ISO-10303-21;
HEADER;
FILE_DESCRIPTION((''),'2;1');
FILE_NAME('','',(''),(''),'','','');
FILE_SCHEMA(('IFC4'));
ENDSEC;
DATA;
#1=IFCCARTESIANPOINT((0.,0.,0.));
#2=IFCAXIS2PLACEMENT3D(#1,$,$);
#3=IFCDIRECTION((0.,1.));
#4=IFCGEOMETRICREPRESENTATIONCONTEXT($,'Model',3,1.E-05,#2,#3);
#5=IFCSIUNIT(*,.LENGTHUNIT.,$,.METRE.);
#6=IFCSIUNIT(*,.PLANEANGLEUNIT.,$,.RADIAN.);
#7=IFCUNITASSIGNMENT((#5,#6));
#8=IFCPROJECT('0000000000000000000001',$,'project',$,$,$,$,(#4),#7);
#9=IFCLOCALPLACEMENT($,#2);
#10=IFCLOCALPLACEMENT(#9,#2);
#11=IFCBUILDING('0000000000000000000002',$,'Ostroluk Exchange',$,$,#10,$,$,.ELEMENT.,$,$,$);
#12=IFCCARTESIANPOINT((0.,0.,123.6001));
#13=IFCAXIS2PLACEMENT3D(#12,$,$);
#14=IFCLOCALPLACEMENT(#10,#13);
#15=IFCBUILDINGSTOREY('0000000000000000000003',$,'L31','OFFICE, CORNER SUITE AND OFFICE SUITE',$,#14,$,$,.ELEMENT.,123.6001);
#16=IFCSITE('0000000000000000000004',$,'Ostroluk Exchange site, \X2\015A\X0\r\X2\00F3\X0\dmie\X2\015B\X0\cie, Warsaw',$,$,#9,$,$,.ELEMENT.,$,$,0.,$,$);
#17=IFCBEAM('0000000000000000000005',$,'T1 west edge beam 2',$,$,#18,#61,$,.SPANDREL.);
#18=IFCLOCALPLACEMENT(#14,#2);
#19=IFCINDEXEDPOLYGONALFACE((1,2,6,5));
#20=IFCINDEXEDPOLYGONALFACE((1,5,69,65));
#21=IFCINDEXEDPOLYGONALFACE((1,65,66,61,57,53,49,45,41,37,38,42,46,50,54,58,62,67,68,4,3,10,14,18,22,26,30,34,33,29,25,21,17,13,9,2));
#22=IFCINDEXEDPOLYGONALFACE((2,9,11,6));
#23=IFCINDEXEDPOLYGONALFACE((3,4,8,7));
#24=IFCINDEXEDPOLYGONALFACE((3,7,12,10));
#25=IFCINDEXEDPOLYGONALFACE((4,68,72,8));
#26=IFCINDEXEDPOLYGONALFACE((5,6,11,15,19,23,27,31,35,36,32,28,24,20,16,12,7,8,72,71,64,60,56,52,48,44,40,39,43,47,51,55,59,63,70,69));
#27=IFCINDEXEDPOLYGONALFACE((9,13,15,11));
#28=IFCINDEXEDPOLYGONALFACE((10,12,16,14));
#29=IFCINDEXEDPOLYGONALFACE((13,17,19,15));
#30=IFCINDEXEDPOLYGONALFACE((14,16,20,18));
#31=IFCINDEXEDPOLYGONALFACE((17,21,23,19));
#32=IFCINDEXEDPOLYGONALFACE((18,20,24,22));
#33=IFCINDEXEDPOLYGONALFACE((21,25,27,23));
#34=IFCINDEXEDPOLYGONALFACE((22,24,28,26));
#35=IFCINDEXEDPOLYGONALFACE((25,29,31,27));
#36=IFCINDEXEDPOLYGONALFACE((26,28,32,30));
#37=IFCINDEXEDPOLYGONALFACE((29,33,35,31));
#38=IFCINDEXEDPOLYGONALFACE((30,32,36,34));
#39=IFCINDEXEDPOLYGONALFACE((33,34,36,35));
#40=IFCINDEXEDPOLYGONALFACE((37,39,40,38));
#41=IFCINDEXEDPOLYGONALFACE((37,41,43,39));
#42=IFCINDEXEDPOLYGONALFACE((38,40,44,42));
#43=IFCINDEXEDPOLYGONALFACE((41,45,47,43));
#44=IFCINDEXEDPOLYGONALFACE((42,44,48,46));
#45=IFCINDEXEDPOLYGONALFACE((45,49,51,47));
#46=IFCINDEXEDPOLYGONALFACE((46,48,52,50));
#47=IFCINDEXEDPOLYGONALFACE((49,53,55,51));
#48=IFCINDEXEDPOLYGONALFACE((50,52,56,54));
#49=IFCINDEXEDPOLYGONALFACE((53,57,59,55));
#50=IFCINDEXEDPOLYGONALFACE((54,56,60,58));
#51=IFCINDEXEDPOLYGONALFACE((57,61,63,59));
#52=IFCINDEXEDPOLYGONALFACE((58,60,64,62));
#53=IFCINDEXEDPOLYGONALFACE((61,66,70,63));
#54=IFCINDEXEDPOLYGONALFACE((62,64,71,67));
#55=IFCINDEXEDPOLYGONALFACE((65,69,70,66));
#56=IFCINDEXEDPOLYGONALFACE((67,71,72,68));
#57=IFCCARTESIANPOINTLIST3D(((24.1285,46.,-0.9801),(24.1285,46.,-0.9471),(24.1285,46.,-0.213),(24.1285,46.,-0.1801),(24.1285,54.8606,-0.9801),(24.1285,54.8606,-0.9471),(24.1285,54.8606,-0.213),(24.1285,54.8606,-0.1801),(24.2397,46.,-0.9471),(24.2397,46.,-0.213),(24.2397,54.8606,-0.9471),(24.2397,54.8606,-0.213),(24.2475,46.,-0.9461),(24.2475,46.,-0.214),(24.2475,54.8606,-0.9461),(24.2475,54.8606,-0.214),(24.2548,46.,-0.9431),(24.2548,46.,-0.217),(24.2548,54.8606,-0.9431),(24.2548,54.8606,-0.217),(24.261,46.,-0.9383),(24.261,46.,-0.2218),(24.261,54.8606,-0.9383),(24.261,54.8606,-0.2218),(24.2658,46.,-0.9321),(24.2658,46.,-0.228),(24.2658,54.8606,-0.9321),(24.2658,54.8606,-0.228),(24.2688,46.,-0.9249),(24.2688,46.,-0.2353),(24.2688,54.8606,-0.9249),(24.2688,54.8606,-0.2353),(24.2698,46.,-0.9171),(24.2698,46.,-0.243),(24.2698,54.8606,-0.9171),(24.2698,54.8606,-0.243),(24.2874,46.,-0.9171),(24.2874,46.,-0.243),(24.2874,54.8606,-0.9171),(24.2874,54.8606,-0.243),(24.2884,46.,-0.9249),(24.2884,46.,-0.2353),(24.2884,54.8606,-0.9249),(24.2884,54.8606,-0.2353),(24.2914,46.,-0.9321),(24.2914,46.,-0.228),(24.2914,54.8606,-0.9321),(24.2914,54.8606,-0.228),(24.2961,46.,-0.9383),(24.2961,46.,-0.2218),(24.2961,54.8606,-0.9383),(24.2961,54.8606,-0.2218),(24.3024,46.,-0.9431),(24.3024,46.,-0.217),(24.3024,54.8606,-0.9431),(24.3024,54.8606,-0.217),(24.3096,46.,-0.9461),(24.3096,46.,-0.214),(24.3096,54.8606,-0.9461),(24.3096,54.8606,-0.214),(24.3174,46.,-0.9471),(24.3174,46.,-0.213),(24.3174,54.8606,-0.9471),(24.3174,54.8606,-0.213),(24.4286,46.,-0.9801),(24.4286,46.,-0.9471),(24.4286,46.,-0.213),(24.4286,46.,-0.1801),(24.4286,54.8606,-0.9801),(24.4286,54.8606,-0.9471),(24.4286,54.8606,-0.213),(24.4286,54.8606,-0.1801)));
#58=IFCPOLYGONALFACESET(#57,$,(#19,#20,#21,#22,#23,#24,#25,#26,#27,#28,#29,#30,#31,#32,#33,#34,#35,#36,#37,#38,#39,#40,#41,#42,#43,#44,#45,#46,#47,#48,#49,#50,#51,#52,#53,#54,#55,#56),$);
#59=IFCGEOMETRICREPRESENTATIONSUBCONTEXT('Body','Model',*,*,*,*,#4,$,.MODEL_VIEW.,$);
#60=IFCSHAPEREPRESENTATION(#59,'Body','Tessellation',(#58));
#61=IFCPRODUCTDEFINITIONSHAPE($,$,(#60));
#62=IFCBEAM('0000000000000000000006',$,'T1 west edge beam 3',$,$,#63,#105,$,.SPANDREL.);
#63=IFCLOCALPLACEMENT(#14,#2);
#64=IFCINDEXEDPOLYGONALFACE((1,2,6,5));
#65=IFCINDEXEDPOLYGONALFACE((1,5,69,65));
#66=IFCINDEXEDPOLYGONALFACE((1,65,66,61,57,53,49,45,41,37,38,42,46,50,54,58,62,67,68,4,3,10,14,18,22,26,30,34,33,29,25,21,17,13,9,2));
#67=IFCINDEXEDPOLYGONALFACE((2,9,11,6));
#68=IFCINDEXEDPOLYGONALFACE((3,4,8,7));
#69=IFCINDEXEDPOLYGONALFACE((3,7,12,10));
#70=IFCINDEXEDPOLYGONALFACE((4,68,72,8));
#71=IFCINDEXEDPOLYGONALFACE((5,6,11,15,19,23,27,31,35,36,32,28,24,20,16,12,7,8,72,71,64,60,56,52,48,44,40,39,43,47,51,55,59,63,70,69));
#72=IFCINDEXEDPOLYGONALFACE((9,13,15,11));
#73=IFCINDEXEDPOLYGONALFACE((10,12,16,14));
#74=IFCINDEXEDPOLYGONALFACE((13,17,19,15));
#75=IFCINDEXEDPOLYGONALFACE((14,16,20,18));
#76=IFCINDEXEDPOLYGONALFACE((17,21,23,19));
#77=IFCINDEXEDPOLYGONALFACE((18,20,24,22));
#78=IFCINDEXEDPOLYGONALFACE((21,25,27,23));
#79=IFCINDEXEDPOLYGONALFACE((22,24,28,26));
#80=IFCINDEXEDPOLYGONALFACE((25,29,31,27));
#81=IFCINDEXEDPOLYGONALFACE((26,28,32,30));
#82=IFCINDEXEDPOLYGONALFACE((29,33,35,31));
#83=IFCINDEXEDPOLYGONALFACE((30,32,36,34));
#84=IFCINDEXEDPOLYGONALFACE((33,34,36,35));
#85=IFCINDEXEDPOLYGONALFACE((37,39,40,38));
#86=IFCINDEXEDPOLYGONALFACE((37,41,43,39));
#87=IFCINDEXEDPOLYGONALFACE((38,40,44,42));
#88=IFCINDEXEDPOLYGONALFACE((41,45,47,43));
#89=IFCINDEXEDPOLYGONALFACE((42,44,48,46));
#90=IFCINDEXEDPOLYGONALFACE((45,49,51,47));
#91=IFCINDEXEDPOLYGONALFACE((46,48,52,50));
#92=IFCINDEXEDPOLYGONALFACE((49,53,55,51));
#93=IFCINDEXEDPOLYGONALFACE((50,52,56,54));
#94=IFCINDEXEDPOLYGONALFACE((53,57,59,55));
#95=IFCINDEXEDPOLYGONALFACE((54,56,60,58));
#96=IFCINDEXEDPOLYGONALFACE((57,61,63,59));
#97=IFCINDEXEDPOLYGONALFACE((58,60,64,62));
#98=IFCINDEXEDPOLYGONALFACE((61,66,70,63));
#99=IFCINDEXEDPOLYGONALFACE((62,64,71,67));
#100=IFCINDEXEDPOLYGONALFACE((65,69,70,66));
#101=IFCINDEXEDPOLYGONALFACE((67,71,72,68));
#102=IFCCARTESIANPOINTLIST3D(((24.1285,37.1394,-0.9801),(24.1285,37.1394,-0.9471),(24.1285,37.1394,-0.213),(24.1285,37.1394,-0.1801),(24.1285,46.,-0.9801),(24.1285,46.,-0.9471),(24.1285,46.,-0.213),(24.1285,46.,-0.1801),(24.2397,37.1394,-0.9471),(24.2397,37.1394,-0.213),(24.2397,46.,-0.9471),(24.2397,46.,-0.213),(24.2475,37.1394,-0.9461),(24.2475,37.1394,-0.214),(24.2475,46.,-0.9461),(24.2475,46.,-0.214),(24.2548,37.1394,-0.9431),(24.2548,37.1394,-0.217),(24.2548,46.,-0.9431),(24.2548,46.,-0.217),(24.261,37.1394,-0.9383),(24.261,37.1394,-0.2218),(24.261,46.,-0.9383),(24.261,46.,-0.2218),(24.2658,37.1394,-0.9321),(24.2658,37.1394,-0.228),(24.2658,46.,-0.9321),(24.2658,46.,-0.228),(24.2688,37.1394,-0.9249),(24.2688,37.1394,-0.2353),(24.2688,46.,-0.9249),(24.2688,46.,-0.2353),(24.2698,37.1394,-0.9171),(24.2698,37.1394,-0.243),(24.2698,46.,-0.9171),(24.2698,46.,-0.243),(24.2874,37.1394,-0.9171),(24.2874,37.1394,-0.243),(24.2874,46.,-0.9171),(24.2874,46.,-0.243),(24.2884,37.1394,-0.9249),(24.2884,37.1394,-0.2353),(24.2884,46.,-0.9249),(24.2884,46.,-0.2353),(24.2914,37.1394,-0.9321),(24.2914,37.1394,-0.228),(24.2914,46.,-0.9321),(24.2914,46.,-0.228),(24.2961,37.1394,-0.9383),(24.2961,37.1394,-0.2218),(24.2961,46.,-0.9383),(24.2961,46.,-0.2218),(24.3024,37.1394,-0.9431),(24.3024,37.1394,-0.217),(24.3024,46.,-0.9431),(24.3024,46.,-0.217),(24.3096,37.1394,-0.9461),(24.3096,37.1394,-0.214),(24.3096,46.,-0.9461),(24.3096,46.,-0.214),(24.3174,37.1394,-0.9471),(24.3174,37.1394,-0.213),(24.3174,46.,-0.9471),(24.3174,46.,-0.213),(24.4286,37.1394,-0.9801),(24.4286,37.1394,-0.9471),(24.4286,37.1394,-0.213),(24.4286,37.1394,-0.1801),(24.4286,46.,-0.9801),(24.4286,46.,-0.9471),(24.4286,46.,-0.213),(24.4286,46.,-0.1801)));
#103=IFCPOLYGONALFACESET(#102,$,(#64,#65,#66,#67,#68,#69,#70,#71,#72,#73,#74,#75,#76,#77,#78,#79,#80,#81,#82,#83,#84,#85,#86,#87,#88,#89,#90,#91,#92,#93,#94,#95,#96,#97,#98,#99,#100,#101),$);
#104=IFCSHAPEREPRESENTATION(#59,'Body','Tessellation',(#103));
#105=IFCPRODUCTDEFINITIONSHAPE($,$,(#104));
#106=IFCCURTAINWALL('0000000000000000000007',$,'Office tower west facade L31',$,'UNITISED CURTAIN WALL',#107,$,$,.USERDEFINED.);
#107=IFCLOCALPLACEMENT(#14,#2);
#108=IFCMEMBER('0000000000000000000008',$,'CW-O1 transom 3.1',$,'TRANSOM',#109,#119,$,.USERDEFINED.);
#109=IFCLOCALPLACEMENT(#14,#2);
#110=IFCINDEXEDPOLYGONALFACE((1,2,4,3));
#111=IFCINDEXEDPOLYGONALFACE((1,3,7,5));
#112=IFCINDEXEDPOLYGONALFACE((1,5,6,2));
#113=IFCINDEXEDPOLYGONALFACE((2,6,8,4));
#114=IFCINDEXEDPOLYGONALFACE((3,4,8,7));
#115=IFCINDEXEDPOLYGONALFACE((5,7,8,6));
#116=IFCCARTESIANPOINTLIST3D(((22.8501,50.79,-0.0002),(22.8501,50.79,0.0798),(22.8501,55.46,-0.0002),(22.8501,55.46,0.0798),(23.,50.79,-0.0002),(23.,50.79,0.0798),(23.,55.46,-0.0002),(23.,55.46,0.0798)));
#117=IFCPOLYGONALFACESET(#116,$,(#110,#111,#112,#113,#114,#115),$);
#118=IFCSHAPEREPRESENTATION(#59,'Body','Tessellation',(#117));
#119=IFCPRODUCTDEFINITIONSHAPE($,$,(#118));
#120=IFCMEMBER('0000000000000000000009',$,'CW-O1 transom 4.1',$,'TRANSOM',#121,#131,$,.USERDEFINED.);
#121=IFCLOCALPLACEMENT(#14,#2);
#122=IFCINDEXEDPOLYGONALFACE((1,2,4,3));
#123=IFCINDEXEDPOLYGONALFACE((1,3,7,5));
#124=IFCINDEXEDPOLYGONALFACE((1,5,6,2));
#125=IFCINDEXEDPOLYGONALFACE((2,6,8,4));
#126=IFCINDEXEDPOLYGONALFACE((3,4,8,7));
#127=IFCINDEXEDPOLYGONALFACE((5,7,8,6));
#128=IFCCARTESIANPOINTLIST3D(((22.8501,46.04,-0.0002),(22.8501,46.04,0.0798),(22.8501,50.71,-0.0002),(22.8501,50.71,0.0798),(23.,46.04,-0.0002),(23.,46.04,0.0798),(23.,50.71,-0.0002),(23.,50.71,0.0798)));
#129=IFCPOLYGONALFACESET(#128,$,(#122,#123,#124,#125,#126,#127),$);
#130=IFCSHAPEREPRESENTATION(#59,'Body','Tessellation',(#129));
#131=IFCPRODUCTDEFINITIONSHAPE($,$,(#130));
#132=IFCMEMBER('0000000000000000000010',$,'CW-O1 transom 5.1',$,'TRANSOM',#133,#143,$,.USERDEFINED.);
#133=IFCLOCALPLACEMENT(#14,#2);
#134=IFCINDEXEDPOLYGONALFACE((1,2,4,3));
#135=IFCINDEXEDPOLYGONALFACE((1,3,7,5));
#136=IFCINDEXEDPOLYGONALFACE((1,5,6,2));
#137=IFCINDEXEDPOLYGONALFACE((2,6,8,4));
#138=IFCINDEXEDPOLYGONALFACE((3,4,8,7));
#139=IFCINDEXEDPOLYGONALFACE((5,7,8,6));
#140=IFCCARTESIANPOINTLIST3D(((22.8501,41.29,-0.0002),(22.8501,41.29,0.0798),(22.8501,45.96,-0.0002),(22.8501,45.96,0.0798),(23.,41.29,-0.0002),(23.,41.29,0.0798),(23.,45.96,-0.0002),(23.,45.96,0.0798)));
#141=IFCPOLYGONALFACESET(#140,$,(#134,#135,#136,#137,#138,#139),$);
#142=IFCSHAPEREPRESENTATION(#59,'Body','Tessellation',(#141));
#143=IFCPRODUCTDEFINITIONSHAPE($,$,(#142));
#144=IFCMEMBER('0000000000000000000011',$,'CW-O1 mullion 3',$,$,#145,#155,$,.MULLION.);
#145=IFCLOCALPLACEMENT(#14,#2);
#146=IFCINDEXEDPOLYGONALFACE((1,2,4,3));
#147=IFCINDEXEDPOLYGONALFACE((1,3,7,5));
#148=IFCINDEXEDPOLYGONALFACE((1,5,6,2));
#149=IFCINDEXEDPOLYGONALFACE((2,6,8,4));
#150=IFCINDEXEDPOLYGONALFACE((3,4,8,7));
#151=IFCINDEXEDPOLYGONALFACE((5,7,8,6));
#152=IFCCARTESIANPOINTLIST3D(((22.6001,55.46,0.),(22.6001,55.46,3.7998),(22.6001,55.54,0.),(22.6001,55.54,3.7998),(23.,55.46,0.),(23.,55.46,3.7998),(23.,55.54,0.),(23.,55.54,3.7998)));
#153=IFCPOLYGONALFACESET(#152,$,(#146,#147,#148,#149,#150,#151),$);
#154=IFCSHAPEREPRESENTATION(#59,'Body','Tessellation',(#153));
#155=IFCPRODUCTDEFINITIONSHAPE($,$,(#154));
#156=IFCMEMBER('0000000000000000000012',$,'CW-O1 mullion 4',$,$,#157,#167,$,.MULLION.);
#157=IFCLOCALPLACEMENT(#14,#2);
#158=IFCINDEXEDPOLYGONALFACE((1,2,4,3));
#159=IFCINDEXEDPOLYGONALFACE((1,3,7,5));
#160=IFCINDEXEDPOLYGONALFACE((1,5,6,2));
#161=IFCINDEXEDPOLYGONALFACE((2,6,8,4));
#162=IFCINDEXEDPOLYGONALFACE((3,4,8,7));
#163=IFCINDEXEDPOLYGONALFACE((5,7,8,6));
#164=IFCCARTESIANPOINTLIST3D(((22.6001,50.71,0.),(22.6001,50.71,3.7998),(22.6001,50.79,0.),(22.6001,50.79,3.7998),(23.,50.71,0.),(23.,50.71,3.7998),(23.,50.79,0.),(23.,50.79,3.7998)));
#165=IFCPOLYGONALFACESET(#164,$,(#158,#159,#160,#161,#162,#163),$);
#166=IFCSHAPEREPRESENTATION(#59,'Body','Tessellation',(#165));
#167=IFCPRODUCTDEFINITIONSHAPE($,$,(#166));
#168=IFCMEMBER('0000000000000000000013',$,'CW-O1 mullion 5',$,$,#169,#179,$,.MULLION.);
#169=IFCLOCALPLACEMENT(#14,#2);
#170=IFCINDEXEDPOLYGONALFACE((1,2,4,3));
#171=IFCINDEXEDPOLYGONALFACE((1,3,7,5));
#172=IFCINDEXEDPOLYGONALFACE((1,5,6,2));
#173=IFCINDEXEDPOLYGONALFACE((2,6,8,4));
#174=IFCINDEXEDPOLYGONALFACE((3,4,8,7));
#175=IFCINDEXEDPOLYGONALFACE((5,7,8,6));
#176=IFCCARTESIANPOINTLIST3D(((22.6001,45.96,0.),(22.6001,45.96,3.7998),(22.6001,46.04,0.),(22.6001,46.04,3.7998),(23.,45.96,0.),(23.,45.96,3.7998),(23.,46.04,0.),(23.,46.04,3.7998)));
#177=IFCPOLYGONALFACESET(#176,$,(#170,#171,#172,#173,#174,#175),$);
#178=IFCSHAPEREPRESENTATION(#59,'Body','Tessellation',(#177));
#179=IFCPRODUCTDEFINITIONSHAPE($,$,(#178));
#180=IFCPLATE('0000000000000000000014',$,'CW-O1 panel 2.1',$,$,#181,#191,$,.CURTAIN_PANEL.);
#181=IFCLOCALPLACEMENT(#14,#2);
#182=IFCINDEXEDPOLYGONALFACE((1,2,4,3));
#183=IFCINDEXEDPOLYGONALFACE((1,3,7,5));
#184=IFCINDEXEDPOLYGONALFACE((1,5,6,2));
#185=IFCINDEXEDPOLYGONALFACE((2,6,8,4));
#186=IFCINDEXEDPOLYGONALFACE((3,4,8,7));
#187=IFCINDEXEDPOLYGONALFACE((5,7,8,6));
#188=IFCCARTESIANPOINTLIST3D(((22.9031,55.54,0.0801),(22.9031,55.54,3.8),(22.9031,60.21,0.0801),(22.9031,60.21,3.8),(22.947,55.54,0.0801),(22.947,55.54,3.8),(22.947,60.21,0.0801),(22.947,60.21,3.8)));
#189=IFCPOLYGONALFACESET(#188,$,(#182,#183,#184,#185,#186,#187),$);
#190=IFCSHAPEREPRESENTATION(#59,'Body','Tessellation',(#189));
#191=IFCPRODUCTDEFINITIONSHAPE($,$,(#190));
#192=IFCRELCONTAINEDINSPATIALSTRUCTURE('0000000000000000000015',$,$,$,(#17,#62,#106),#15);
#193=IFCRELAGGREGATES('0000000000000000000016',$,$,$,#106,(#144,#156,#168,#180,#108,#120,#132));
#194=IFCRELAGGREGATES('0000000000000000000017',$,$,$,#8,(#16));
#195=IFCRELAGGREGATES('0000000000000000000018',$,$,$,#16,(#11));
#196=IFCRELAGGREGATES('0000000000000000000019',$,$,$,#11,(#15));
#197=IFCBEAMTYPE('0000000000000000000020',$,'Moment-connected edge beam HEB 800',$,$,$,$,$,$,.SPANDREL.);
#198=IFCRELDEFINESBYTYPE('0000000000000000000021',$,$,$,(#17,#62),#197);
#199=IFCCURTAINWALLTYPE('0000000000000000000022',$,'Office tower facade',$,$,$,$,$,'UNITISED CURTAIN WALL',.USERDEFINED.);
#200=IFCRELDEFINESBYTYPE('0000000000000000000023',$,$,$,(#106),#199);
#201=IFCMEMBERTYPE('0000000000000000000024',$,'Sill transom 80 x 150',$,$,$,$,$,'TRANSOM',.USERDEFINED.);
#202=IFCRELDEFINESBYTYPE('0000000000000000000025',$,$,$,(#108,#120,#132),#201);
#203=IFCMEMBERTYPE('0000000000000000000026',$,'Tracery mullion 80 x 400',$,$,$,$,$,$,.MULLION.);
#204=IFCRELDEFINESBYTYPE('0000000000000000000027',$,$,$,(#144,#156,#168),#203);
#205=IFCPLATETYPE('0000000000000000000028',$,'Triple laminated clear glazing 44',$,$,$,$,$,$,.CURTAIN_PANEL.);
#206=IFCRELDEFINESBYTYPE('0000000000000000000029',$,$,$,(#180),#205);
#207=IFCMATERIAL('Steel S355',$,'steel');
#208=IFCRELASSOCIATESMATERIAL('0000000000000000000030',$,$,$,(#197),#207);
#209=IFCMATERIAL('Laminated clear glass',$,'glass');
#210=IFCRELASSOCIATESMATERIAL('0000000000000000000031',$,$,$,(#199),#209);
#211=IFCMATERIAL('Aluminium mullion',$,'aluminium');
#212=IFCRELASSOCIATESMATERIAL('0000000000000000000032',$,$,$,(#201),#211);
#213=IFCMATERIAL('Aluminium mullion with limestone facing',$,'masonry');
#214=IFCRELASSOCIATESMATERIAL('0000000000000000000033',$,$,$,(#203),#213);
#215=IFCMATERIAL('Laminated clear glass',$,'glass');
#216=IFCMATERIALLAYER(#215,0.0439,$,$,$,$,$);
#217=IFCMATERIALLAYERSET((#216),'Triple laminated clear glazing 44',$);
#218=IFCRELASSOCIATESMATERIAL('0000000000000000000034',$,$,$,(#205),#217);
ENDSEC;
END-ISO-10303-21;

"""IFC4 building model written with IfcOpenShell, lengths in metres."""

from ifc_helpers import new_model, si_unit, direction, frame, origin, origin_2d, place, context, subcontext, project, spatial, rectangle, i_section, extrude, material, layer, layer_set, material_profile, profile_set, type_object, element, aggregate, save


model = new_model("IFC4")

# Units and contexts
model_context = context("Model", 3, precision=1e-05, world=origin(), true_north=direction((0.0, 1.0)))
body_context = subcontext(model_context, "Body", "Model", "MODEL_VIEW")
ifc_project = project(units=[si_unit("LENGTHUNIT", "METRE"), si_unit("PLANEANGLEUNIT", "RADIAN")], contexts=[model_context])

# Site, building, storey
site_placement = place(None, origin())
site = spatial("IfcSite", under=ifc_project, at=site_placement, Name="Ostroluk Exchange site, Śródmieście, Warsaw", CompositionType="ELEMENT", RefElevation=0.0)
building_placement = place(site_placement, origin())
building = spatial("IfcBuilding", under=site, at=building_placement, Name="Ostroluk Exchange", CompositionType="ELEMENT")
storey_placement = place(building_placement, frame((0.0, 0.0, 123.6001)))
storey = spatial("IfcBuildingStorey", under=building, at=storey_placement, Name="L31", Description="OFFICE, CORNER SUITE AND OFFICE SUITE", CompositionType="ELEMENT", Elevation=123.6001)

# Beams
ifc_material_1 = material(Name="Steel S355", Category="steel")
ifc_material_profile_1 = material_profile(ifc_material_1, i_section(OverallWidth=0.3, OverallDepth=0.8, WebThickness=0.0176, FlangeThickness=0.033, FilletRadius=0.03, at=origin_2d()), Name="HEB 800")
ifc_profile_set_1 = profile_set([ifc_material_profile_1], Name="Steel S355")
beam_type = type_object("IfcBeamType", Name="Moment-connected edge beam HEB 800", PredefinedType="SPANDREL", material=ifc_profile_set_1)
for number, where, z_axis, x_axis, name in (
    (1, (24.2786, 54.8606, -0.5801), (0.0, -1.0, 0.0), (1.0, 0.0, 0.0), "T1 west edge beam 2"),
    (2, (24.2786, 46.0, -0.5801), (0.0, -1.0, 0.0), (1.0, 0.0, 0.0), "T1 west edge beam 3"),
):
    element("IfcBeam", number, at=place(storey_placement, frame(where, z_axis=z_axis, x_axis=x_axis)), inside=storey, type_object=beam_type, Name=name, PredefinedType="SPANDREL", context=body_context, shape_type="SweptSolid", body=[
        extrude(i_section(OverallWidth=0.3, OverallDepth=0.8, WebThickness=0.0176, FlangeThickness=0.033, FilletRadius=0.03, at=origin_2d()), origin(), (0.0, 0.0, 1.0), 8.8606),
    ])

# Curtain wall, members, plate
ifc_material_2 = material(Name="Laminated clear glass", Category="glass")
curtain_wall_type = type_object("IfcCurtainWallType", Name="Office tower facade", ElementType="UNITISED CURTAIN WALL", PredefinedType="USERDEFINED", material=ifc_material_2)
curtain_wall_placement = place(storey_placement, origin())
curtain_wall = element("IfcCurtainWall", 3, at=curtain_wall_placement, inside=storey, type_object=curtain_wall_type, Name="Office tower west facade L31", ObjectType="UNITISED CURTAIN WALL", PredefinedType="USERDEFINED")
ifc_material_3 = material(Name="Aluminium mullion", Category="aluminium")
ifc_material_profile_2 = material_profile(ifc_material_3, rectangle(XDim=0.1499, YDim=0.0801, at=origin_2d()), Name="Sill transom 80 x 150")
ifc_profile_set_2 = profile_set([ifc_material_profile_2], Name="Aluminium mullion")
member_type_1 = type_object("IfcMemberType", Name="Sill transom 80 x 150", ElementType="TRANSOM", PredefinedType="USERDEFINED", material=ifc_profile_set_2)
member_1_placement = place(storey_placement, frame((22.925, 55.46, 0.0398), z_axis=(0.0, -1.0, 0.0), x_axis=(1.0, 0.0, 0.0)))
member_1 = element("IfcMember", 4, at=member_1_placement, type_object=member_type_1, Name="CW-O1 transom 3.1", ObjectType="TRANSOM", PredefinedType="USERDEFINED", context=body_context, shape_type="SweptSolid", body=[
    extrude(rectangle(XDim=0.1499, YDim=0.0801, at=origin_2d()), origin(), (0.0, 0.0, 1.0), 4.6699),
])
member_2_placement = place(storey_placement, frame((22.925, 50.71, 0.0398), z_axis=(0.0, -1.0, 0.0), x_axis=(1.0, 0.0, 0.0)))
member_2 = element("IfcMember", 5, at=member_2_placement, type_object=member_type_1, Name="CW-O1 transom 4.1", ObjectType="TRANSOM", PredefinedType="USERDEFINED", context=body_context, shape_type="SweptSolid", body=[
    extrude(rectangle(XDim=0.1499, YDim=0.0801, at=origin_2d()), origin(), (0.0, 0.0, 1.0), 4.6699),
])
member_3_placement = place(storey_placement, frame((22.925, 45.96, 0.0398), z_axis=(0.0, -1.0, 0.0), x_axis=(1.0, 0.0, 0.0)))
member_3 = element("IfcMember", 6, at=member_3_placement, type_object=member_type_1, Name="CW-O1 transom 5.1", ObjectType="TRANSOM", PredefinedType="USERDEFINED", context=body_context, shape_type="SweptSolid", body=[
    extrude(rectangle(XDim=0.1499, YDim=0.0801, at=origin_2d()), origin(), (0.0, 0.0, 1.0), 4.6699),
])
ifc_material_4 = material(Name="Aluminium mullion with limestone facing", Category="masonry")
ifc_material_profile_3 = material_profile(ifc_material_4, rectangle(XDim=0.3999, YDim=0.0801, at=origin_2d()), Name="Tracery mullion 80 x 400")
ifc_profile_set_3 = profile_set([ifc_material_profile_3], Name="Aluminium mullion with limestone facing")
member_type_2 = type_object("IfcMemberType", Name="Tracery mullion 80 x 400", PredefinedType="MULLION", material=ifc_profile_set_3)
member_4_placement = place(storey_placement, frame((22.8, 55.5, 0.0), z_axis=(0.0, 0.0, 1.0), x_axis=(1.0, 0.0, 0.0)))
member_4 = element("IfcMember", 7, at=member_4_placement, type_object=member_type_2, Name="CW-O1 mullion 3", PredefinedType="MULLION", context=body_context, shape_type="SweptSolid", body=[
    extrude(rectangle(XDim=0.3999, YDim=0.0801, at=origin_2d()), origin(), (0.0, 0.0, 1.0), 3.7998),
])
member_5_placement = place(storey_placement, frame((22.8, 50.75, 0.0), z_axis=(0.0, 0.0, 1.0), x_axis=(1.0, 0.0, 0.0)))
member_5 = element("IfcMember", 8, at=member_5_placement, type_object=member_type_2, Name="CW-O1 mullion 4", PredefinedType="MULLION", context=body_context, shape_type="SweptSolid", body=[
    extrude(rectangle(XDim=0.3999, YDim=0.0801, at=origin_2d()), origin(), (0.0, 0.0, 1.0), 3.7998),
])
member_6_placement = place(storey_placement, frame((22.8, 46.0, 0.0), z_axis=(0.0, 0.0, 1.0), x_axis=(1.0, 0.0, 0.0)))
member_6 = element("IfcMember", 9, at=member_6_placement, type_object=member_type_2, Name="CW-O1 mullion 5", PredefinedType="MULLION", context=body_context, shape_type="SweptSolid", body=[
    extrude(rectangle(XDim=0.3999, YDim=0.0801, at=origin_2d()), origin(), (0.0, 0.0, 1.0), 3.7998),
])
ifc_material_5 = material(Name="Laminated clear glass", Category="glass")
ifc_layer_1 = layer(ifc_material_5, 0.0439)
ifc_layer_set_1 = layer_set([ifc_layer_1], Name="Triple laminated clear glazing 44")
plate_type = type_object("IfcPlateType", Name="Triple laminated clear glazing 44", PredefinedType="CURTAIN_PANEL", material=ifc_layer_set_1)
plate_1_placement = place(storey_placement, frame((22.925, 57.875, 0.0801), z_axis=(0.0, 0.0, 1.0), x_axis=(0.0, -1.0, 0.0)))
plate_1 = element("IfcPlate", 10, at=plate_1_placement, type_object=plate_type, Name="CW-O1 panel 2.1", PredefinedType="CURTAIN_PANEL", context=body_context, shape_type="SweptSolid", body=[
    extrude(rectangle(XDim=4.6699, YDim=0.0439, at=origin_2d()), origin(), (0.0, 0.0, 1.0), 3.72),
])
aggregate(curtain_wall, [member_4, member_5, member_6, plate_1, member_1, member_2, member_3])

save(model, "model.ifc")
